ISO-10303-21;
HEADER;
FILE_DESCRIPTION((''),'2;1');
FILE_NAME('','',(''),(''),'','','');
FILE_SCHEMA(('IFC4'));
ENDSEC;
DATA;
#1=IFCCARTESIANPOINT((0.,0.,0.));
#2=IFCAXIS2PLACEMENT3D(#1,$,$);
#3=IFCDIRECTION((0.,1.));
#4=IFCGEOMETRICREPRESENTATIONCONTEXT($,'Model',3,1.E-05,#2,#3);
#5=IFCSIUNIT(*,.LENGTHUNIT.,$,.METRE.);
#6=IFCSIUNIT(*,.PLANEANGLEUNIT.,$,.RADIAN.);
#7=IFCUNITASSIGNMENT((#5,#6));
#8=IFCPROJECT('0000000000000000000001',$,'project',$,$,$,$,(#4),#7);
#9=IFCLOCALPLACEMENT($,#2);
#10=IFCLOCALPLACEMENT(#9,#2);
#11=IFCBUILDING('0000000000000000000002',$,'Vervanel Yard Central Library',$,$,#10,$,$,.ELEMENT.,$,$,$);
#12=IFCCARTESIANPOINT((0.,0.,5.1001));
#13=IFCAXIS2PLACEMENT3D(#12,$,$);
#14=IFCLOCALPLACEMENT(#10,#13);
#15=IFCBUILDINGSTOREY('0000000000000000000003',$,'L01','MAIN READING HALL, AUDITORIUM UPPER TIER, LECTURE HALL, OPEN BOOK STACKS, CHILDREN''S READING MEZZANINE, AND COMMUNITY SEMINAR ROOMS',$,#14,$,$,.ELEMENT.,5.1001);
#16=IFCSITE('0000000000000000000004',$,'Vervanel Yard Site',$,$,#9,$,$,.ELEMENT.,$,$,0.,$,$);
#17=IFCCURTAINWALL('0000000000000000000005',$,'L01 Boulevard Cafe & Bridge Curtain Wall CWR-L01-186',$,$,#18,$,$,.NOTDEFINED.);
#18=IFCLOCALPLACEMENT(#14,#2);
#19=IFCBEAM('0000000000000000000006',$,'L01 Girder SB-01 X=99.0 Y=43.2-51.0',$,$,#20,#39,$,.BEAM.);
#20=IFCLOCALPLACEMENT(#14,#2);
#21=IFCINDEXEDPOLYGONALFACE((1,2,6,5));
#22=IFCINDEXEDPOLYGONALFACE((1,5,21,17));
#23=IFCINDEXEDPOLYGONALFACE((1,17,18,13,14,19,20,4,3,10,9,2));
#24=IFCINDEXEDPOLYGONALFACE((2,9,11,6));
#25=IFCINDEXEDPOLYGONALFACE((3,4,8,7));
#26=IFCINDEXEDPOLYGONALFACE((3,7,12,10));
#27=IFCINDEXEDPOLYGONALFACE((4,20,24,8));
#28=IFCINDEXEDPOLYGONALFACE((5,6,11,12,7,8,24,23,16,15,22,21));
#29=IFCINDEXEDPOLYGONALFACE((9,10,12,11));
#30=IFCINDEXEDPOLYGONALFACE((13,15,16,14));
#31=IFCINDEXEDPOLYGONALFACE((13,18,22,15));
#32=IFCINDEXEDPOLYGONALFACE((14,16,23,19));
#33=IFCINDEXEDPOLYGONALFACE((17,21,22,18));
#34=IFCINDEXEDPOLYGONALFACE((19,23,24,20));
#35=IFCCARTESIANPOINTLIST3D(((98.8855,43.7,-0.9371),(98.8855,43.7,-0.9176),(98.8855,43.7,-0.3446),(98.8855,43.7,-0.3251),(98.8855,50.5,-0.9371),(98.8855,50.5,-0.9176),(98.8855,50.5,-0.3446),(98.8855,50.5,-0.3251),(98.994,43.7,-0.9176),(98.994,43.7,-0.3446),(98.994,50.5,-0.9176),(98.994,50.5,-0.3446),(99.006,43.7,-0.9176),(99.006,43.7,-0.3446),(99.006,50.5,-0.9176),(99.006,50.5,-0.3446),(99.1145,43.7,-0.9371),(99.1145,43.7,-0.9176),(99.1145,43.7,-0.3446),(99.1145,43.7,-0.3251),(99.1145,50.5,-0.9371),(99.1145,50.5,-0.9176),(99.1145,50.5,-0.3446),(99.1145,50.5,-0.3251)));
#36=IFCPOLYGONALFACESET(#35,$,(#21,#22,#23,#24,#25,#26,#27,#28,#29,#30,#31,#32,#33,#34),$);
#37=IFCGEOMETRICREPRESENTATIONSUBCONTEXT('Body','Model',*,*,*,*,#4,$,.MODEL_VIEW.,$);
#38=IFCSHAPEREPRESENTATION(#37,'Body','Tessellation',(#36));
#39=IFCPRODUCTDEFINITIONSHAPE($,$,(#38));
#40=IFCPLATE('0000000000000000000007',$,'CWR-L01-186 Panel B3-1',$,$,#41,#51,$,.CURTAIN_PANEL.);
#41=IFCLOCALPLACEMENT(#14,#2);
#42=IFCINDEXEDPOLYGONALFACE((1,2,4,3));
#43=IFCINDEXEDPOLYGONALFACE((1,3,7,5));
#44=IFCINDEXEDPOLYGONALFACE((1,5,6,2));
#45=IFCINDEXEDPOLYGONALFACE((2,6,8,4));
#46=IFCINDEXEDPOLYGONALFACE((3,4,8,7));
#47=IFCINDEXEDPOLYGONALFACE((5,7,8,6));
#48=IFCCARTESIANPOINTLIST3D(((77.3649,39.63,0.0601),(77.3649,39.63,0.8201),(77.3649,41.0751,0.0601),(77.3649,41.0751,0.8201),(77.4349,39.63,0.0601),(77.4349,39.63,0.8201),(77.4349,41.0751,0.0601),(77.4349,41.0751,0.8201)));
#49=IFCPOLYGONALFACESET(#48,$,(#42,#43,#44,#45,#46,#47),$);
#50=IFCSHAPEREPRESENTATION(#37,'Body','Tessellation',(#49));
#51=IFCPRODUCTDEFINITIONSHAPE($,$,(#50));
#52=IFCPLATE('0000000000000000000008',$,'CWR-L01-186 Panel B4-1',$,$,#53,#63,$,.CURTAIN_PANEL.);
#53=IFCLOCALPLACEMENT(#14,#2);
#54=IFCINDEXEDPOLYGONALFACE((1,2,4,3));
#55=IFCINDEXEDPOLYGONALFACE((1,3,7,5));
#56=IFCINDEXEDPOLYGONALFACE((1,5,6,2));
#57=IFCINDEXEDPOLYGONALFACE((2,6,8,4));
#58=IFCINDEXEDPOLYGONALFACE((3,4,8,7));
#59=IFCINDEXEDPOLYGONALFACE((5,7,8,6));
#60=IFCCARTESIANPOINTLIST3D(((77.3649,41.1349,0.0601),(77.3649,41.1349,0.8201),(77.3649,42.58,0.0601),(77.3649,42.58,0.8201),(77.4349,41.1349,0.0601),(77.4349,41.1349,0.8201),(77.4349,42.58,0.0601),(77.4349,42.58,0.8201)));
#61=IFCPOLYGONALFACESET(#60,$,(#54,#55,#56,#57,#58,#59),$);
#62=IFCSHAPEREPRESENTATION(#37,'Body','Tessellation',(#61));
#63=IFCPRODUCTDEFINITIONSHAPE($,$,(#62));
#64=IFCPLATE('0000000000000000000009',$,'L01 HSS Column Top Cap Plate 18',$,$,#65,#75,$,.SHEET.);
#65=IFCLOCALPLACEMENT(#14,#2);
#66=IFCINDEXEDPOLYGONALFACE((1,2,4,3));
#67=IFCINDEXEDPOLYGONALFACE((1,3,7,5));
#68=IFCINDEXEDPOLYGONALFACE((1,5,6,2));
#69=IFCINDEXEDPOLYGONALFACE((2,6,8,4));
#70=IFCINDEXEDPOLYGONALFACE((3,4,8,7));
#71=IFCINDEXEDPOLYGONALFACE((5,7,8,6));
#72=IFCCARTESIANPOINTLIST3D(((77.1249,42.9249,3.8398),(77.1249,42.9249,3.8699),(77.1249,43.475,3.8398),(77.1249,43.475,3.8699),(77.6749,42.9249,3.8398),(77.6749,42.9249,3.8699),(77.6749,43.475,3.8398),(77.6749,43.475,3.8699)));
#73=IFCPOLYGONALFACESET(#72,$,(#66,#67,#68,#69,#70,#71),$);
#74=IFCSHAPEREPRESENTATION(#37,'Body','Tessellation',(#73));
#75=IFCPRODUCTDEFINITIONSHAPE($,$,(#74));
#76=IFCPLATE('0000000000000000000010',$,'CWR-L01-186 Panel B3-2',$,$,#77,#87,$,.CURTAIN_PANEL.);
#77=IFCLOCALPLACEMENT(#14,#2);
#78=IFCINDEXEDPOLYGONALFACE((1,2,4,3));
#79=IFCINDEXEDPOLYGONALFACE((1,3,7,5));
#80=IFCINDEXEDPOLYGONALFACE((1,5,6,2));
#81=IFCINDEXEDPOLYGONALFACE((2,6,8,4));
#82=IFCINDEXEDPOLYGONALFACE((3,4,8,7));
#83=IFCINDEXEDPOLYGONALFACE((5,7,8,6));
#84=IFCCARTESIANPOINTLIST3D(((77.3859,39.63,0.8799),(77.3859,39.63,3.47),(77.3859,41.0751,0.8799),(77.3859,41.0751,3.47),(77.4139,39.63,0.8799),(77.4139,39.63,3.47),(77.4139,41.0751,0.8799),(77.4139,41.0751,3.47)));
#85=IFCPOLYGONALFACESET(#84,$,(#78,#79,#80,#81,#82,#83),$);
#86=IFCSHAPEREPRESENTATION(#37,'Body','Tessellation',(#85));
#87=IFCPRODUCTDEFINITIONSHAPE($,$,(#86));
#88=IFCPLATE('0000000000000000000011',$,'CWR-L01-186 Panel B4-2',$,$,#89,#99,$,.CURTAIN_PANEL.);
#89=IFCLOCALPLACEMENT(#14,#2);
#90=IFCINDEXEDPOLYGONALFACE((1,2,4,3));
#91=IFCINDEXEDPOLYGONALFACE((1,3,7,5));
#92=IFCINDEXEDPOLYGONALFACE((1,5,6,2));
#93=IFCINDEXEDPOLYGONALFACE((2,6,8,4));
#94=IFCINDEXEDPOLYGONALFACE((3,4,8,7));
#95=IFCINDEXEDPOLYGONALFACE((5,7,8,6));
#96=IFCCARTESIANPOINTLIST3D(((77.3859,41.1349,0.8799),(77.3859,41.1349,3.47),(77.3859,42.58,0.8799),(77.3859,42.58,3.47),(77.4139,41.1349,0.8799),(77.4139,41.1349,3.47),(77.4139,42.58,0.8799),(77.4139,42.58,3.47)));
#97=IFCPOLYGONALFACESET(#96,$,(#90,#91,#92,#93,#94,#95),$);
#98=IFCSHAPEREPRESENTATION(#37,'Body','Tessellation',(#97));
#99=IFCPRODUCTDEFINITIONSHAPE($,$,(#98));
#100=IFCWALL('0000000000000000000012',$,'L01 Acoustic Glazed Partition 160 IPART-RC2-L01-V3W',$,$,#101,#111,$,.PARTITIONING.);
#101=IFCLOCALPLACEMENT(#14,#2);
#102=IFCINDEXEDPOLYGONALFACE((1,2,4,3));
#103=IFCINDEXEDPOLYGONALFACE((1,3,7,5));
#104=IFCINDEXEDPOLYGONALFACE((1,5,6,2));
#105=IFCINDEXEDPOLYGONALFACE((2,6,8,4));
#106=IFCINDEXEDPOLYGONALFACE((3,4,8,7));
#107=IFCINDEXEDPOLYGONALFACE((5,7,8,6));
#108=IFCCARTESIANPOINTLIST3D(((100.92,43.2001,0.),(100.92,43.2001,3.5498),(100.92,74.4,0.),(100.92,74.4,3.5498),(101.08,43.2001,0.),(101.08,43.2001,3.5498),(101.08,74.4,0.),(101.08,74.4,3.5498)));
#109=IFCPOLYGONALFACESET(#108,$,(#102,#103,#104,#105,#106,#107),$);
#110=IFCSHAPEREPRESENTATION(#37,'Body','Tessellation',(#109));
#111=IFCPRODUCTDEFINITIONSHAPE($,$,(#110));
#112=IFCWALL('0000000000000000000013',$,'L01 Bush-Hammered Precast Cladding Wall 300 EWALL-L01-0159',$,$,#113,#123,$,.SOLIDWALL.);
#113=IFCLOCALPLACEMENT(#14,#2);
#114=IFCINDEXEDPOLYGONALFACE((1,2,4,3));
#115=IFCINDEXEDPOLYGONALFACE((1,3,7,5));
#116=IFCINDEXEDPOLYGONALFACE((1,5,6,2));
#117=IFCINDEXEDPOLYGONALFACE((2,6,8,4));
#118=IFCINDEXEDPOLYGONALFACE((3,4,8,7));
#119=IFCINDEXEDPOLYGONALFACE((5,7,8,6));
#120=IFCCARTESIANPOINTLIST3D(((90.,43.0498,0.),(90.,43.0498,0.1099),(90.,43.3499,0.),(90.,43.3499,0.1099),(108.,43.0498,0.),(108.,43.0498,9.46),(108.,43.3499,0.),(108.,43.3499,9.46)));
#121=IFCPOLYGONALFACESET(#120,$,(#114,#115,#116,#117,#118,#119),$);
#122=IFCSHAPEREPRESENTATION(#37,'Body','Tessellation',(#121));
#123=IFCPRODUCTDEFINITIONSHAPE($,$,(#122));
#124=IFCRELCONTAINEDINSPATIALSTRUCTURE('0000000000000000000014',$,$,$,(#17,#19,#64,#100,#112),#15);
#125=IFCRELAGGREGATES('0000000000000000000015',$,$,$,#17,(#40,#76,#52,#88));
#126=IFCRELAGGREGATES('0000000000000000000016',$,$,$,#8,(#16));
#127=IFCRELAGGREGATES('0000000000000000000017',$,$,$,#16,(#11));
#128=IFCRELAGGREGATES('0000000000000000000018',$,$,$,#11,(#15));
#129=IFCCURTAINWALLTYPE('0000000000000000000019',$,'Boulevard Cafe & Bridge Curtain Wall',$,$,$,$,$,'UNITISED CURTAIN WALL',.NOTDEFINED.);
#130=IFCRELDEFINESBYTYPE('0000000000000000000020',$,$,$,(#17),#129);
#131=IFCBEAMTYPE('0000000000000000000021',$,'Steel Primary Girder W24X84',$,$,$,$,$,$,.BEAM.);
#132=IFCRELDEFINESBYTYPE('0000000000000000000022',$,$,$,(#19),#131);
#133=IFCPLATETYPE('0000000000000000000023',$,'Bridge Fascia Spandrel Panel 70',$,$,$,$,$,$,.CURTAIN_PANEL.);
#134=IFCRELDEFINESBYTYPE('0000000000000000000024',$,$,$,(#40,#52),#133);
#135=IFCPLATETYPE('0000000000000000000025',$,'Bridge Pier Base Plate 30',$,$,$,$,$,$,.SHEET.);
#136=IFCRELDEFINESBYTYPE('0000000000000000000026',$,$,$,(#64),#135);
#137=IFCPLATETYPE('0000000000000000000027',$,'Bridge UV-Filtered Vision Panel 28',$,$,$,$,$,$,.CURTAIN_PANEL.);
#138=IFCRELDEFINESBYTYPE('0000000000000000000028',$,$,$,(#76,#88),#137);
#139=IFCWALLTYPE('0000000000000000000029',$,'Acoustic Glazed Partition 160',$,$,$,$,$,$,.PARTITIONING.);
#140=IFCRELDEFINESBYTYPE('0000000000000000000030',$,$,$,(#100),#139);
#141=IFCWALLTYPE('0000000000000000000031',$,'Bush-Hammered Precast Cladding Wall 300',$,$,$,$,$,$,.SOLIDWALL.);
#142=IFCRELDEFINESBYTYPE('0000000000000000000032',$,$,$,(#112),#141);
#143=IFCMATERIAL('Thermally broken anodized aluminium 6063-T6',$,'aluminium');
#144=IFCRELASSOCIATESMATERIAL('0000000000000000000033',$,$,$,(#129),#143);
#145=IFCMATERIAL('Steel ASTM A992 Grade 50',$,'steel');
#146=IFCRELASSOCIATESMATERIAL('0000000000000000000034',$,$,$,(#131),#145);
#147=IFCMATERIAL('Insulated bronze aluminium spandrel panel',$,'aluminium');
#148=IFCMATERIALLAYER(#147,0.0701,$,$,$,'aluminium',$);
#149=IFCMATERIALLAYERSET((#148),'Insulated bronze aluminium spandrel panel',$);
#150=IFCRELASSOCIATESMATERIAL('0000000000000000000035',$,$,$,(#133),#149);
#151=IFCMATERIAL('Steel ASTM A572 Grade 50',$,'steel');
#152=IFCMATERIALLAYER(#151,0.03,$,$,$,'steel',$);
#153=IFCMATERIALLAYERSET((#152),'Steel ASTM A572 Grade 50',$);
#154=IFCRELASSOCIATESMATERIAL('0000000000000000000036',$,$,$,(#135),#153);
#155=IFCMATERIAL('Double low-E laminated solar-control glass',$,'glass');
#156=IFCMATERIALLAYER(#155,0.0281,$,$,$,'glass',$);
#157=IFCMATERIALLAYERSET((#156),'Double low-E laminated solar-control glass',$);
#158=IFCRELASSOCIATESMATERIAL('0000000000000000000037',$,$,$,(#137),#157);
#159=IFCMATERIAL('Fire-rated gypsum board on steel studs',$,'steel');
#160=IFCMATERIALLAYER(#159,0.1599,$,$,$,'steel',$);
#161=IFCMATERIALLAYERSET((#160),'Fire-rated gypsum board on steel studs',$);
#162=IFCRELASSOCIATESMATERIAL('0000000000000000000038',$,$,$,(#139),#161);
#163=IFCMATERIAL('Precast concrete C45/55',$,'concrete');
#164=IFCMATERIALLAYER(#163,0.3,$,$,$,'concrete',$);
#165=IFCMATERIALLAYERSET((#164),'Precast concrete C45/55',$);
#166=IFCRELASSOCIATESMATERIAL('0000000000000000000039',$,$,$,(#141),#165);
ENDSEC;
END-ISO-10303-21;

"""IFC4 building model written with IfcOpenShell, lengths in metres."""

from ifc_helpers import new_model, si_unit, direction, frame, frame_2d, origin, origin_2d, place, context, subcontext, project, spatial, polyline, rectangle, i_section, outline, extrude, material, layer, layer_set, material_profile, profile_set, type_object, element, aggregate, save


model = new_model("IFC4")

# Units and contexts
model_context = context("Model", 3, precision=1e-05, world=origin(), true_north=direction((0.0, 1.0)))
body_context = subcontext(model_context, "Body", "Model", "MODEL_VIEW")
ifc_project = project(units=[si_unit("LENGTHUNIT", "METRE"), si_unit("PLANEANGLEUNIT", "RADIAN")], contexts=[model_context])

# Site, building, storey
site_placement = place(None, origin())
site = spatial("IfcSite", under=ifc_project, at=site_placement, Name="Vervanel Yard Site", CompositionType="ELEMENT", RefElevation=0.0)
building_placement = place(site_placement, origin())
building = spatial("IfcBuilding", under=site, at=building_placement, Name="Vervanel Yard Central Library", CompositionType="ELEMENT")
storey_placement = place(building_placement, frame((0.0, 0.0, 5.1001)))
storey = spatial("IfcBuildingStorey", under=building, at=storey_placement, Name="L01", Description="MAIN READING HALL, AUDITORIUM UPPER TIER, LECTURE HALL, OPEN BOOK STACKS, CHILDREN'S READING MEZZANINE, AND COMMUNITY SEMINAR ROOMS", CompositionType="ELEMENT", Elevation=5.1001)

# Curtain wall
ifc_material_1 = material(Name="Thermally broken anodized aluminium 6063-T6", Category="aluminium")
curtain_wall_type = type_object("IfcCurtainWallType", Name="Boulevard Cafe & Bridge Curtain Wall", ElementType="UNITISED CURTAIN WALL", PredefinedType="NOTDEFINED", material=ifc_material_1)
curtain_wall_1_placement = place(storey_placement, origin())
curtain_wall_1 = element("IfcCurtainWall", 1, at=curtain_wall_1_placement, inside=storey, type_object=curtain_wall_type, Name="L01 Boulevard Cafe & Bridge Curtain Wall CWR-L01-186", PredefinedType="NOTDEFINED")

# Beam
ifc_material_2 = material(Name="Steel ASTM A992 Grade 50", Category="steel")
ifc_material_profile_1 = material_profile(ifc_material_2, i_section(OverallWidth=0.229, OverallDepth=0.6121, WebThickness=0.012, FlangeThickness=0.0195, at=origin_2d()), Name="W24X84", Category="steel")
ifc_profile_set_1 = profile_set([ifc_material_profile_1], Name="Steel ASTM A992 Grade 50")
beam_type_1 = type_object("IfcBeamType", Name="Steel Primary Girder W24X84", PredefinedType="BEAM", material=ifc_profile_set_1)
beam_1_placement = place(storey_placement, frame((99.0, 43.7, -0.6311), z_axis=(0.0, 1.0, 0.0), x_axis=(-1.0, 0.0, 0.0)))
element("IfcBeam", 2, at=beam_1_placement, inside=storey, type_object=beam_type_1, Name="L01 Girder SB-01 X=99.0 Y=43.2-51.0", PredefinedType="BEAM", context=body_context, shape_type="SweptSolid", body=[
    extrude(i_section(OverallWidth=0.229, OverallDepth=0.6121, WebThickness=0.012, FlangeThickness=0.0195, at=origin_2d()), origin(), (0.0, 0.0, 1.0), 6.8),
])

# Plates
ifc_material_3 = material(Name="Insulated bronze aluminium spandrel panel", Category="aluminium")
ifc_layer_1 = layer(ifc_material_3, 0.0701, Category="aluminium")
ifc_layer_set_1 = layer_set([ifc_layer_1], Name="Insulated bronze aluminium spandrel panel")
plate_type_1 = type_object("IfcPlateType", Name="Bridge Fascia Spandrel Panel 70", PredefinedType="CURTAIN_PANEL", material=ifc_layer_set_1)
plate_1_placement = place(storey_placement, frame((77.3999, 40.3525, 0.0601), z_axis=(0.0, 0.0, 1.0), x_axis=(0.0, 1.0, 0.0)))
plate_1 = element("IfcPlate", 3, at=plate_1_placement, type_object=plate_type_1, Name="CWR-L01-186 Panel B3-1", PredefinedType="CURTAIN_PANEL", context=body_context, shape_type="SweptSolid", body=[
    extrude(rectangle(XDim=1.4451, YDim=0.0701, at=origin_2d()), origin(), (0.0, 0.0, 1.0), 0.76),
])
plate_2_placement = place(storey_placement, frame((77.3999, 41.8574, 0.0601), z_axis=(0.0, 0.0, 1.0), x_axis=(0.0, 1.0, 0.0)))
plate_2 = element("IfcPlate", 4, at=plate_2_placement, type_object=plate_type_1, Name="CWR-L01-186 Panel B4-1", PredefinedType="CURTAIN_PANEL", context=body_context, shape_type="SweptSolid", body=[
    extrude(rectangle(XDim=1.4451, YDim=0.0701, at=origin_2d()), origin(), (0.0, 0.0, 1.0), 0.76),
])
ifc_material_4 = material(Name="Steel ASTM A572 Grade 50", Category="steel")
ifc_layer_2 = layer(ifc_material_4, 0.03, Category="steel")
ifc_layer_set_2 = layer_set([ifc_layer_2], Name="Steel ASTM A572 Grade 50")
plate_type_2 = type_object("IfcPlateType", Name="Bridge Pier Base Plate 30", PredefinedType="SHEET", material=ifc_layer_set_2)
plate_3_placement = place(storey_placement, frame((77.3999, 43.2, 3.8398), z_axis=(0.0, 0.0, 1.0), x_axis=(1.0, 0.0, 0.0)))
element("IfcPlate", 5, at=plate_3_placement, inside=storey, type_object=plate_type_2, Name="L01 HSS Column Top Cap Plate 18", PredefinedType="SHEET", context=body_context, shape_type="SweptSolid", body=[
    extrude(rectangle(XDim=0.55, YDim=0.55, at=origin_2d()), origin(), (0.0, 0.0, 1.0), 0.03),
])
ifc_material_5 = material(Name="Double low-E laminated solar-control glass", Category="glass")
ifc_layer_3 = layer(ifc_material_5, 0.0281, Category="glass")
ifc_layer_set_3 = layer_set([ifc_layer_3], Name="Double low-E laminated solar-control glass")
plate_type_3 = type_object("IfcPlateType", Name="Bridge UV-Filtered Vision Panel 28", PredefinedType="CURTAIN_PANEL", material=ifc_layer_set_3)
plate_4_placement = place(storey_placement, frame((77.3999, 40.3525, 0.8799), z_axis=(0.0, 0.0, 1.0), x_axis=(0.0, 1.0, 0.0)))
plate_4 = element("IfcPlate", 6, at=plate_4_placement, type_object=plate_type_3, Name="CWR-L01-186 Panel B3-2", PredefinedType="CURTAIN_PANEL", context=body_context, shape_type="SweptSolid", body=[
    extrude(rectangle(XDim=1.4451, YDim=0.0281, at=origin_2d()), origin(), (0.0, 0.0, 1.0), 2.5901),
])
plate_5_placement = place(storey_placement, frame((77.3999, 41.8574, 0.8799), z_axis=(0.0, 0.0, 1.0), x_axis=(0.0, 1.0, 0.0)))
plate_5 = element("IfcPlate", 7, at=plate_5_placement, type_object=plate_type_3, Name="CWR-L01-186 Panel B4-2", PredefinedType="CURTAIN_PANEL", context=body_context, shape_type="SweptSolid", body=[
    extrude(rectangle(XDim=1.4451, YDim=0.0281, at=origin_2d()), origin(), (0.0, 0.0, 1.0), 2.5901),
])
aggregate(curtain_wall_1, [plate_1, plate_4, plate_2, plate_5])

# Walls
ifc_material_6 = material(Name="Fire-rated gypsum board on steel studs", Category="steel")
ifc_layer_4 = layer(ifc_material_6, 0.1599, Category="steel")
ifc_layer_set_4 = layer_set([ifc_layer_4], Name="Fire-rated gypsum board on steel studs")
wall_type_1 = type_object("IfcWallType", Name="Acoustic Glazed Partition 160", PredefinedType="PARTITIONING", material=ifc_layer_set_4)
wall_1_placement = place(storey_placement, frame((101.0, 43.2, 0.0), z_axis=(0.0, 0.0, 1.0), x_axis=(0.0, 1.0, 0.0)))
element("IfcWall", 8, at=wall_1_placement, inside=storey, type_object=wall_type_1, Name="L01 Acoustic Glazed Partition 160 IPART-RC2-L01-V3W", PredefinedType="PARTITIONING", context=body_context, shape_type="SweptSolid", body=[
    extrude(rectangle(XDim=31.2, YDim=0.1599, at=frame_2d((15.6001, 0.0))), origin(), (0.0, 0.0, 1.0), 3.5498),
])
ifc_material_7 = material(Name="Precast concrete C45/55", Category="concrete")
ifc_layer_5 = layer(ifc_material_7, 0.3, Category="concrete")
ifc_layer_set_5 = layer_set([ifc_layer_5], Name="Precast concrete C45/55")
wall_type_2 = type_object("IfcWallType", Name="Bush-Hammered Precast Cladding Wall 300", PredefinedType="SOLIDWALL", material=ifc_layer_set_5)
wall_2_placement = place(storey_placement, frame((90.0, 43.2, 0.0), z_axis=(0.0, 0.0, 1.0), x_axis=(1.0, 0.0, 0.0)))
element("IfcWall", 9, at=wall_2_placement, inside=storey, type_object=wall_type_2, Name="L01 Bush-Hammered Precast Cladding Wall 300 EWALL-L01-0159", PredefinedType="SOLIDWALL", context=body_context, shape_type="SweptSolid", body=[
    extrude(outline(polyline([(0.0, 0.0), (18.0, 0.0), (18.0, 9.46), (0.0, 0.1099), (0.0, 0.0)])), frame((0.0, 0.1499, 0.0), z_axis=(0.0, -1.0, 0.0), x_axis=(1.0, 0.0, 0.0)), (0.0, 0.0, 1.0), 0.3),
])

save(model, "model.ifc")
